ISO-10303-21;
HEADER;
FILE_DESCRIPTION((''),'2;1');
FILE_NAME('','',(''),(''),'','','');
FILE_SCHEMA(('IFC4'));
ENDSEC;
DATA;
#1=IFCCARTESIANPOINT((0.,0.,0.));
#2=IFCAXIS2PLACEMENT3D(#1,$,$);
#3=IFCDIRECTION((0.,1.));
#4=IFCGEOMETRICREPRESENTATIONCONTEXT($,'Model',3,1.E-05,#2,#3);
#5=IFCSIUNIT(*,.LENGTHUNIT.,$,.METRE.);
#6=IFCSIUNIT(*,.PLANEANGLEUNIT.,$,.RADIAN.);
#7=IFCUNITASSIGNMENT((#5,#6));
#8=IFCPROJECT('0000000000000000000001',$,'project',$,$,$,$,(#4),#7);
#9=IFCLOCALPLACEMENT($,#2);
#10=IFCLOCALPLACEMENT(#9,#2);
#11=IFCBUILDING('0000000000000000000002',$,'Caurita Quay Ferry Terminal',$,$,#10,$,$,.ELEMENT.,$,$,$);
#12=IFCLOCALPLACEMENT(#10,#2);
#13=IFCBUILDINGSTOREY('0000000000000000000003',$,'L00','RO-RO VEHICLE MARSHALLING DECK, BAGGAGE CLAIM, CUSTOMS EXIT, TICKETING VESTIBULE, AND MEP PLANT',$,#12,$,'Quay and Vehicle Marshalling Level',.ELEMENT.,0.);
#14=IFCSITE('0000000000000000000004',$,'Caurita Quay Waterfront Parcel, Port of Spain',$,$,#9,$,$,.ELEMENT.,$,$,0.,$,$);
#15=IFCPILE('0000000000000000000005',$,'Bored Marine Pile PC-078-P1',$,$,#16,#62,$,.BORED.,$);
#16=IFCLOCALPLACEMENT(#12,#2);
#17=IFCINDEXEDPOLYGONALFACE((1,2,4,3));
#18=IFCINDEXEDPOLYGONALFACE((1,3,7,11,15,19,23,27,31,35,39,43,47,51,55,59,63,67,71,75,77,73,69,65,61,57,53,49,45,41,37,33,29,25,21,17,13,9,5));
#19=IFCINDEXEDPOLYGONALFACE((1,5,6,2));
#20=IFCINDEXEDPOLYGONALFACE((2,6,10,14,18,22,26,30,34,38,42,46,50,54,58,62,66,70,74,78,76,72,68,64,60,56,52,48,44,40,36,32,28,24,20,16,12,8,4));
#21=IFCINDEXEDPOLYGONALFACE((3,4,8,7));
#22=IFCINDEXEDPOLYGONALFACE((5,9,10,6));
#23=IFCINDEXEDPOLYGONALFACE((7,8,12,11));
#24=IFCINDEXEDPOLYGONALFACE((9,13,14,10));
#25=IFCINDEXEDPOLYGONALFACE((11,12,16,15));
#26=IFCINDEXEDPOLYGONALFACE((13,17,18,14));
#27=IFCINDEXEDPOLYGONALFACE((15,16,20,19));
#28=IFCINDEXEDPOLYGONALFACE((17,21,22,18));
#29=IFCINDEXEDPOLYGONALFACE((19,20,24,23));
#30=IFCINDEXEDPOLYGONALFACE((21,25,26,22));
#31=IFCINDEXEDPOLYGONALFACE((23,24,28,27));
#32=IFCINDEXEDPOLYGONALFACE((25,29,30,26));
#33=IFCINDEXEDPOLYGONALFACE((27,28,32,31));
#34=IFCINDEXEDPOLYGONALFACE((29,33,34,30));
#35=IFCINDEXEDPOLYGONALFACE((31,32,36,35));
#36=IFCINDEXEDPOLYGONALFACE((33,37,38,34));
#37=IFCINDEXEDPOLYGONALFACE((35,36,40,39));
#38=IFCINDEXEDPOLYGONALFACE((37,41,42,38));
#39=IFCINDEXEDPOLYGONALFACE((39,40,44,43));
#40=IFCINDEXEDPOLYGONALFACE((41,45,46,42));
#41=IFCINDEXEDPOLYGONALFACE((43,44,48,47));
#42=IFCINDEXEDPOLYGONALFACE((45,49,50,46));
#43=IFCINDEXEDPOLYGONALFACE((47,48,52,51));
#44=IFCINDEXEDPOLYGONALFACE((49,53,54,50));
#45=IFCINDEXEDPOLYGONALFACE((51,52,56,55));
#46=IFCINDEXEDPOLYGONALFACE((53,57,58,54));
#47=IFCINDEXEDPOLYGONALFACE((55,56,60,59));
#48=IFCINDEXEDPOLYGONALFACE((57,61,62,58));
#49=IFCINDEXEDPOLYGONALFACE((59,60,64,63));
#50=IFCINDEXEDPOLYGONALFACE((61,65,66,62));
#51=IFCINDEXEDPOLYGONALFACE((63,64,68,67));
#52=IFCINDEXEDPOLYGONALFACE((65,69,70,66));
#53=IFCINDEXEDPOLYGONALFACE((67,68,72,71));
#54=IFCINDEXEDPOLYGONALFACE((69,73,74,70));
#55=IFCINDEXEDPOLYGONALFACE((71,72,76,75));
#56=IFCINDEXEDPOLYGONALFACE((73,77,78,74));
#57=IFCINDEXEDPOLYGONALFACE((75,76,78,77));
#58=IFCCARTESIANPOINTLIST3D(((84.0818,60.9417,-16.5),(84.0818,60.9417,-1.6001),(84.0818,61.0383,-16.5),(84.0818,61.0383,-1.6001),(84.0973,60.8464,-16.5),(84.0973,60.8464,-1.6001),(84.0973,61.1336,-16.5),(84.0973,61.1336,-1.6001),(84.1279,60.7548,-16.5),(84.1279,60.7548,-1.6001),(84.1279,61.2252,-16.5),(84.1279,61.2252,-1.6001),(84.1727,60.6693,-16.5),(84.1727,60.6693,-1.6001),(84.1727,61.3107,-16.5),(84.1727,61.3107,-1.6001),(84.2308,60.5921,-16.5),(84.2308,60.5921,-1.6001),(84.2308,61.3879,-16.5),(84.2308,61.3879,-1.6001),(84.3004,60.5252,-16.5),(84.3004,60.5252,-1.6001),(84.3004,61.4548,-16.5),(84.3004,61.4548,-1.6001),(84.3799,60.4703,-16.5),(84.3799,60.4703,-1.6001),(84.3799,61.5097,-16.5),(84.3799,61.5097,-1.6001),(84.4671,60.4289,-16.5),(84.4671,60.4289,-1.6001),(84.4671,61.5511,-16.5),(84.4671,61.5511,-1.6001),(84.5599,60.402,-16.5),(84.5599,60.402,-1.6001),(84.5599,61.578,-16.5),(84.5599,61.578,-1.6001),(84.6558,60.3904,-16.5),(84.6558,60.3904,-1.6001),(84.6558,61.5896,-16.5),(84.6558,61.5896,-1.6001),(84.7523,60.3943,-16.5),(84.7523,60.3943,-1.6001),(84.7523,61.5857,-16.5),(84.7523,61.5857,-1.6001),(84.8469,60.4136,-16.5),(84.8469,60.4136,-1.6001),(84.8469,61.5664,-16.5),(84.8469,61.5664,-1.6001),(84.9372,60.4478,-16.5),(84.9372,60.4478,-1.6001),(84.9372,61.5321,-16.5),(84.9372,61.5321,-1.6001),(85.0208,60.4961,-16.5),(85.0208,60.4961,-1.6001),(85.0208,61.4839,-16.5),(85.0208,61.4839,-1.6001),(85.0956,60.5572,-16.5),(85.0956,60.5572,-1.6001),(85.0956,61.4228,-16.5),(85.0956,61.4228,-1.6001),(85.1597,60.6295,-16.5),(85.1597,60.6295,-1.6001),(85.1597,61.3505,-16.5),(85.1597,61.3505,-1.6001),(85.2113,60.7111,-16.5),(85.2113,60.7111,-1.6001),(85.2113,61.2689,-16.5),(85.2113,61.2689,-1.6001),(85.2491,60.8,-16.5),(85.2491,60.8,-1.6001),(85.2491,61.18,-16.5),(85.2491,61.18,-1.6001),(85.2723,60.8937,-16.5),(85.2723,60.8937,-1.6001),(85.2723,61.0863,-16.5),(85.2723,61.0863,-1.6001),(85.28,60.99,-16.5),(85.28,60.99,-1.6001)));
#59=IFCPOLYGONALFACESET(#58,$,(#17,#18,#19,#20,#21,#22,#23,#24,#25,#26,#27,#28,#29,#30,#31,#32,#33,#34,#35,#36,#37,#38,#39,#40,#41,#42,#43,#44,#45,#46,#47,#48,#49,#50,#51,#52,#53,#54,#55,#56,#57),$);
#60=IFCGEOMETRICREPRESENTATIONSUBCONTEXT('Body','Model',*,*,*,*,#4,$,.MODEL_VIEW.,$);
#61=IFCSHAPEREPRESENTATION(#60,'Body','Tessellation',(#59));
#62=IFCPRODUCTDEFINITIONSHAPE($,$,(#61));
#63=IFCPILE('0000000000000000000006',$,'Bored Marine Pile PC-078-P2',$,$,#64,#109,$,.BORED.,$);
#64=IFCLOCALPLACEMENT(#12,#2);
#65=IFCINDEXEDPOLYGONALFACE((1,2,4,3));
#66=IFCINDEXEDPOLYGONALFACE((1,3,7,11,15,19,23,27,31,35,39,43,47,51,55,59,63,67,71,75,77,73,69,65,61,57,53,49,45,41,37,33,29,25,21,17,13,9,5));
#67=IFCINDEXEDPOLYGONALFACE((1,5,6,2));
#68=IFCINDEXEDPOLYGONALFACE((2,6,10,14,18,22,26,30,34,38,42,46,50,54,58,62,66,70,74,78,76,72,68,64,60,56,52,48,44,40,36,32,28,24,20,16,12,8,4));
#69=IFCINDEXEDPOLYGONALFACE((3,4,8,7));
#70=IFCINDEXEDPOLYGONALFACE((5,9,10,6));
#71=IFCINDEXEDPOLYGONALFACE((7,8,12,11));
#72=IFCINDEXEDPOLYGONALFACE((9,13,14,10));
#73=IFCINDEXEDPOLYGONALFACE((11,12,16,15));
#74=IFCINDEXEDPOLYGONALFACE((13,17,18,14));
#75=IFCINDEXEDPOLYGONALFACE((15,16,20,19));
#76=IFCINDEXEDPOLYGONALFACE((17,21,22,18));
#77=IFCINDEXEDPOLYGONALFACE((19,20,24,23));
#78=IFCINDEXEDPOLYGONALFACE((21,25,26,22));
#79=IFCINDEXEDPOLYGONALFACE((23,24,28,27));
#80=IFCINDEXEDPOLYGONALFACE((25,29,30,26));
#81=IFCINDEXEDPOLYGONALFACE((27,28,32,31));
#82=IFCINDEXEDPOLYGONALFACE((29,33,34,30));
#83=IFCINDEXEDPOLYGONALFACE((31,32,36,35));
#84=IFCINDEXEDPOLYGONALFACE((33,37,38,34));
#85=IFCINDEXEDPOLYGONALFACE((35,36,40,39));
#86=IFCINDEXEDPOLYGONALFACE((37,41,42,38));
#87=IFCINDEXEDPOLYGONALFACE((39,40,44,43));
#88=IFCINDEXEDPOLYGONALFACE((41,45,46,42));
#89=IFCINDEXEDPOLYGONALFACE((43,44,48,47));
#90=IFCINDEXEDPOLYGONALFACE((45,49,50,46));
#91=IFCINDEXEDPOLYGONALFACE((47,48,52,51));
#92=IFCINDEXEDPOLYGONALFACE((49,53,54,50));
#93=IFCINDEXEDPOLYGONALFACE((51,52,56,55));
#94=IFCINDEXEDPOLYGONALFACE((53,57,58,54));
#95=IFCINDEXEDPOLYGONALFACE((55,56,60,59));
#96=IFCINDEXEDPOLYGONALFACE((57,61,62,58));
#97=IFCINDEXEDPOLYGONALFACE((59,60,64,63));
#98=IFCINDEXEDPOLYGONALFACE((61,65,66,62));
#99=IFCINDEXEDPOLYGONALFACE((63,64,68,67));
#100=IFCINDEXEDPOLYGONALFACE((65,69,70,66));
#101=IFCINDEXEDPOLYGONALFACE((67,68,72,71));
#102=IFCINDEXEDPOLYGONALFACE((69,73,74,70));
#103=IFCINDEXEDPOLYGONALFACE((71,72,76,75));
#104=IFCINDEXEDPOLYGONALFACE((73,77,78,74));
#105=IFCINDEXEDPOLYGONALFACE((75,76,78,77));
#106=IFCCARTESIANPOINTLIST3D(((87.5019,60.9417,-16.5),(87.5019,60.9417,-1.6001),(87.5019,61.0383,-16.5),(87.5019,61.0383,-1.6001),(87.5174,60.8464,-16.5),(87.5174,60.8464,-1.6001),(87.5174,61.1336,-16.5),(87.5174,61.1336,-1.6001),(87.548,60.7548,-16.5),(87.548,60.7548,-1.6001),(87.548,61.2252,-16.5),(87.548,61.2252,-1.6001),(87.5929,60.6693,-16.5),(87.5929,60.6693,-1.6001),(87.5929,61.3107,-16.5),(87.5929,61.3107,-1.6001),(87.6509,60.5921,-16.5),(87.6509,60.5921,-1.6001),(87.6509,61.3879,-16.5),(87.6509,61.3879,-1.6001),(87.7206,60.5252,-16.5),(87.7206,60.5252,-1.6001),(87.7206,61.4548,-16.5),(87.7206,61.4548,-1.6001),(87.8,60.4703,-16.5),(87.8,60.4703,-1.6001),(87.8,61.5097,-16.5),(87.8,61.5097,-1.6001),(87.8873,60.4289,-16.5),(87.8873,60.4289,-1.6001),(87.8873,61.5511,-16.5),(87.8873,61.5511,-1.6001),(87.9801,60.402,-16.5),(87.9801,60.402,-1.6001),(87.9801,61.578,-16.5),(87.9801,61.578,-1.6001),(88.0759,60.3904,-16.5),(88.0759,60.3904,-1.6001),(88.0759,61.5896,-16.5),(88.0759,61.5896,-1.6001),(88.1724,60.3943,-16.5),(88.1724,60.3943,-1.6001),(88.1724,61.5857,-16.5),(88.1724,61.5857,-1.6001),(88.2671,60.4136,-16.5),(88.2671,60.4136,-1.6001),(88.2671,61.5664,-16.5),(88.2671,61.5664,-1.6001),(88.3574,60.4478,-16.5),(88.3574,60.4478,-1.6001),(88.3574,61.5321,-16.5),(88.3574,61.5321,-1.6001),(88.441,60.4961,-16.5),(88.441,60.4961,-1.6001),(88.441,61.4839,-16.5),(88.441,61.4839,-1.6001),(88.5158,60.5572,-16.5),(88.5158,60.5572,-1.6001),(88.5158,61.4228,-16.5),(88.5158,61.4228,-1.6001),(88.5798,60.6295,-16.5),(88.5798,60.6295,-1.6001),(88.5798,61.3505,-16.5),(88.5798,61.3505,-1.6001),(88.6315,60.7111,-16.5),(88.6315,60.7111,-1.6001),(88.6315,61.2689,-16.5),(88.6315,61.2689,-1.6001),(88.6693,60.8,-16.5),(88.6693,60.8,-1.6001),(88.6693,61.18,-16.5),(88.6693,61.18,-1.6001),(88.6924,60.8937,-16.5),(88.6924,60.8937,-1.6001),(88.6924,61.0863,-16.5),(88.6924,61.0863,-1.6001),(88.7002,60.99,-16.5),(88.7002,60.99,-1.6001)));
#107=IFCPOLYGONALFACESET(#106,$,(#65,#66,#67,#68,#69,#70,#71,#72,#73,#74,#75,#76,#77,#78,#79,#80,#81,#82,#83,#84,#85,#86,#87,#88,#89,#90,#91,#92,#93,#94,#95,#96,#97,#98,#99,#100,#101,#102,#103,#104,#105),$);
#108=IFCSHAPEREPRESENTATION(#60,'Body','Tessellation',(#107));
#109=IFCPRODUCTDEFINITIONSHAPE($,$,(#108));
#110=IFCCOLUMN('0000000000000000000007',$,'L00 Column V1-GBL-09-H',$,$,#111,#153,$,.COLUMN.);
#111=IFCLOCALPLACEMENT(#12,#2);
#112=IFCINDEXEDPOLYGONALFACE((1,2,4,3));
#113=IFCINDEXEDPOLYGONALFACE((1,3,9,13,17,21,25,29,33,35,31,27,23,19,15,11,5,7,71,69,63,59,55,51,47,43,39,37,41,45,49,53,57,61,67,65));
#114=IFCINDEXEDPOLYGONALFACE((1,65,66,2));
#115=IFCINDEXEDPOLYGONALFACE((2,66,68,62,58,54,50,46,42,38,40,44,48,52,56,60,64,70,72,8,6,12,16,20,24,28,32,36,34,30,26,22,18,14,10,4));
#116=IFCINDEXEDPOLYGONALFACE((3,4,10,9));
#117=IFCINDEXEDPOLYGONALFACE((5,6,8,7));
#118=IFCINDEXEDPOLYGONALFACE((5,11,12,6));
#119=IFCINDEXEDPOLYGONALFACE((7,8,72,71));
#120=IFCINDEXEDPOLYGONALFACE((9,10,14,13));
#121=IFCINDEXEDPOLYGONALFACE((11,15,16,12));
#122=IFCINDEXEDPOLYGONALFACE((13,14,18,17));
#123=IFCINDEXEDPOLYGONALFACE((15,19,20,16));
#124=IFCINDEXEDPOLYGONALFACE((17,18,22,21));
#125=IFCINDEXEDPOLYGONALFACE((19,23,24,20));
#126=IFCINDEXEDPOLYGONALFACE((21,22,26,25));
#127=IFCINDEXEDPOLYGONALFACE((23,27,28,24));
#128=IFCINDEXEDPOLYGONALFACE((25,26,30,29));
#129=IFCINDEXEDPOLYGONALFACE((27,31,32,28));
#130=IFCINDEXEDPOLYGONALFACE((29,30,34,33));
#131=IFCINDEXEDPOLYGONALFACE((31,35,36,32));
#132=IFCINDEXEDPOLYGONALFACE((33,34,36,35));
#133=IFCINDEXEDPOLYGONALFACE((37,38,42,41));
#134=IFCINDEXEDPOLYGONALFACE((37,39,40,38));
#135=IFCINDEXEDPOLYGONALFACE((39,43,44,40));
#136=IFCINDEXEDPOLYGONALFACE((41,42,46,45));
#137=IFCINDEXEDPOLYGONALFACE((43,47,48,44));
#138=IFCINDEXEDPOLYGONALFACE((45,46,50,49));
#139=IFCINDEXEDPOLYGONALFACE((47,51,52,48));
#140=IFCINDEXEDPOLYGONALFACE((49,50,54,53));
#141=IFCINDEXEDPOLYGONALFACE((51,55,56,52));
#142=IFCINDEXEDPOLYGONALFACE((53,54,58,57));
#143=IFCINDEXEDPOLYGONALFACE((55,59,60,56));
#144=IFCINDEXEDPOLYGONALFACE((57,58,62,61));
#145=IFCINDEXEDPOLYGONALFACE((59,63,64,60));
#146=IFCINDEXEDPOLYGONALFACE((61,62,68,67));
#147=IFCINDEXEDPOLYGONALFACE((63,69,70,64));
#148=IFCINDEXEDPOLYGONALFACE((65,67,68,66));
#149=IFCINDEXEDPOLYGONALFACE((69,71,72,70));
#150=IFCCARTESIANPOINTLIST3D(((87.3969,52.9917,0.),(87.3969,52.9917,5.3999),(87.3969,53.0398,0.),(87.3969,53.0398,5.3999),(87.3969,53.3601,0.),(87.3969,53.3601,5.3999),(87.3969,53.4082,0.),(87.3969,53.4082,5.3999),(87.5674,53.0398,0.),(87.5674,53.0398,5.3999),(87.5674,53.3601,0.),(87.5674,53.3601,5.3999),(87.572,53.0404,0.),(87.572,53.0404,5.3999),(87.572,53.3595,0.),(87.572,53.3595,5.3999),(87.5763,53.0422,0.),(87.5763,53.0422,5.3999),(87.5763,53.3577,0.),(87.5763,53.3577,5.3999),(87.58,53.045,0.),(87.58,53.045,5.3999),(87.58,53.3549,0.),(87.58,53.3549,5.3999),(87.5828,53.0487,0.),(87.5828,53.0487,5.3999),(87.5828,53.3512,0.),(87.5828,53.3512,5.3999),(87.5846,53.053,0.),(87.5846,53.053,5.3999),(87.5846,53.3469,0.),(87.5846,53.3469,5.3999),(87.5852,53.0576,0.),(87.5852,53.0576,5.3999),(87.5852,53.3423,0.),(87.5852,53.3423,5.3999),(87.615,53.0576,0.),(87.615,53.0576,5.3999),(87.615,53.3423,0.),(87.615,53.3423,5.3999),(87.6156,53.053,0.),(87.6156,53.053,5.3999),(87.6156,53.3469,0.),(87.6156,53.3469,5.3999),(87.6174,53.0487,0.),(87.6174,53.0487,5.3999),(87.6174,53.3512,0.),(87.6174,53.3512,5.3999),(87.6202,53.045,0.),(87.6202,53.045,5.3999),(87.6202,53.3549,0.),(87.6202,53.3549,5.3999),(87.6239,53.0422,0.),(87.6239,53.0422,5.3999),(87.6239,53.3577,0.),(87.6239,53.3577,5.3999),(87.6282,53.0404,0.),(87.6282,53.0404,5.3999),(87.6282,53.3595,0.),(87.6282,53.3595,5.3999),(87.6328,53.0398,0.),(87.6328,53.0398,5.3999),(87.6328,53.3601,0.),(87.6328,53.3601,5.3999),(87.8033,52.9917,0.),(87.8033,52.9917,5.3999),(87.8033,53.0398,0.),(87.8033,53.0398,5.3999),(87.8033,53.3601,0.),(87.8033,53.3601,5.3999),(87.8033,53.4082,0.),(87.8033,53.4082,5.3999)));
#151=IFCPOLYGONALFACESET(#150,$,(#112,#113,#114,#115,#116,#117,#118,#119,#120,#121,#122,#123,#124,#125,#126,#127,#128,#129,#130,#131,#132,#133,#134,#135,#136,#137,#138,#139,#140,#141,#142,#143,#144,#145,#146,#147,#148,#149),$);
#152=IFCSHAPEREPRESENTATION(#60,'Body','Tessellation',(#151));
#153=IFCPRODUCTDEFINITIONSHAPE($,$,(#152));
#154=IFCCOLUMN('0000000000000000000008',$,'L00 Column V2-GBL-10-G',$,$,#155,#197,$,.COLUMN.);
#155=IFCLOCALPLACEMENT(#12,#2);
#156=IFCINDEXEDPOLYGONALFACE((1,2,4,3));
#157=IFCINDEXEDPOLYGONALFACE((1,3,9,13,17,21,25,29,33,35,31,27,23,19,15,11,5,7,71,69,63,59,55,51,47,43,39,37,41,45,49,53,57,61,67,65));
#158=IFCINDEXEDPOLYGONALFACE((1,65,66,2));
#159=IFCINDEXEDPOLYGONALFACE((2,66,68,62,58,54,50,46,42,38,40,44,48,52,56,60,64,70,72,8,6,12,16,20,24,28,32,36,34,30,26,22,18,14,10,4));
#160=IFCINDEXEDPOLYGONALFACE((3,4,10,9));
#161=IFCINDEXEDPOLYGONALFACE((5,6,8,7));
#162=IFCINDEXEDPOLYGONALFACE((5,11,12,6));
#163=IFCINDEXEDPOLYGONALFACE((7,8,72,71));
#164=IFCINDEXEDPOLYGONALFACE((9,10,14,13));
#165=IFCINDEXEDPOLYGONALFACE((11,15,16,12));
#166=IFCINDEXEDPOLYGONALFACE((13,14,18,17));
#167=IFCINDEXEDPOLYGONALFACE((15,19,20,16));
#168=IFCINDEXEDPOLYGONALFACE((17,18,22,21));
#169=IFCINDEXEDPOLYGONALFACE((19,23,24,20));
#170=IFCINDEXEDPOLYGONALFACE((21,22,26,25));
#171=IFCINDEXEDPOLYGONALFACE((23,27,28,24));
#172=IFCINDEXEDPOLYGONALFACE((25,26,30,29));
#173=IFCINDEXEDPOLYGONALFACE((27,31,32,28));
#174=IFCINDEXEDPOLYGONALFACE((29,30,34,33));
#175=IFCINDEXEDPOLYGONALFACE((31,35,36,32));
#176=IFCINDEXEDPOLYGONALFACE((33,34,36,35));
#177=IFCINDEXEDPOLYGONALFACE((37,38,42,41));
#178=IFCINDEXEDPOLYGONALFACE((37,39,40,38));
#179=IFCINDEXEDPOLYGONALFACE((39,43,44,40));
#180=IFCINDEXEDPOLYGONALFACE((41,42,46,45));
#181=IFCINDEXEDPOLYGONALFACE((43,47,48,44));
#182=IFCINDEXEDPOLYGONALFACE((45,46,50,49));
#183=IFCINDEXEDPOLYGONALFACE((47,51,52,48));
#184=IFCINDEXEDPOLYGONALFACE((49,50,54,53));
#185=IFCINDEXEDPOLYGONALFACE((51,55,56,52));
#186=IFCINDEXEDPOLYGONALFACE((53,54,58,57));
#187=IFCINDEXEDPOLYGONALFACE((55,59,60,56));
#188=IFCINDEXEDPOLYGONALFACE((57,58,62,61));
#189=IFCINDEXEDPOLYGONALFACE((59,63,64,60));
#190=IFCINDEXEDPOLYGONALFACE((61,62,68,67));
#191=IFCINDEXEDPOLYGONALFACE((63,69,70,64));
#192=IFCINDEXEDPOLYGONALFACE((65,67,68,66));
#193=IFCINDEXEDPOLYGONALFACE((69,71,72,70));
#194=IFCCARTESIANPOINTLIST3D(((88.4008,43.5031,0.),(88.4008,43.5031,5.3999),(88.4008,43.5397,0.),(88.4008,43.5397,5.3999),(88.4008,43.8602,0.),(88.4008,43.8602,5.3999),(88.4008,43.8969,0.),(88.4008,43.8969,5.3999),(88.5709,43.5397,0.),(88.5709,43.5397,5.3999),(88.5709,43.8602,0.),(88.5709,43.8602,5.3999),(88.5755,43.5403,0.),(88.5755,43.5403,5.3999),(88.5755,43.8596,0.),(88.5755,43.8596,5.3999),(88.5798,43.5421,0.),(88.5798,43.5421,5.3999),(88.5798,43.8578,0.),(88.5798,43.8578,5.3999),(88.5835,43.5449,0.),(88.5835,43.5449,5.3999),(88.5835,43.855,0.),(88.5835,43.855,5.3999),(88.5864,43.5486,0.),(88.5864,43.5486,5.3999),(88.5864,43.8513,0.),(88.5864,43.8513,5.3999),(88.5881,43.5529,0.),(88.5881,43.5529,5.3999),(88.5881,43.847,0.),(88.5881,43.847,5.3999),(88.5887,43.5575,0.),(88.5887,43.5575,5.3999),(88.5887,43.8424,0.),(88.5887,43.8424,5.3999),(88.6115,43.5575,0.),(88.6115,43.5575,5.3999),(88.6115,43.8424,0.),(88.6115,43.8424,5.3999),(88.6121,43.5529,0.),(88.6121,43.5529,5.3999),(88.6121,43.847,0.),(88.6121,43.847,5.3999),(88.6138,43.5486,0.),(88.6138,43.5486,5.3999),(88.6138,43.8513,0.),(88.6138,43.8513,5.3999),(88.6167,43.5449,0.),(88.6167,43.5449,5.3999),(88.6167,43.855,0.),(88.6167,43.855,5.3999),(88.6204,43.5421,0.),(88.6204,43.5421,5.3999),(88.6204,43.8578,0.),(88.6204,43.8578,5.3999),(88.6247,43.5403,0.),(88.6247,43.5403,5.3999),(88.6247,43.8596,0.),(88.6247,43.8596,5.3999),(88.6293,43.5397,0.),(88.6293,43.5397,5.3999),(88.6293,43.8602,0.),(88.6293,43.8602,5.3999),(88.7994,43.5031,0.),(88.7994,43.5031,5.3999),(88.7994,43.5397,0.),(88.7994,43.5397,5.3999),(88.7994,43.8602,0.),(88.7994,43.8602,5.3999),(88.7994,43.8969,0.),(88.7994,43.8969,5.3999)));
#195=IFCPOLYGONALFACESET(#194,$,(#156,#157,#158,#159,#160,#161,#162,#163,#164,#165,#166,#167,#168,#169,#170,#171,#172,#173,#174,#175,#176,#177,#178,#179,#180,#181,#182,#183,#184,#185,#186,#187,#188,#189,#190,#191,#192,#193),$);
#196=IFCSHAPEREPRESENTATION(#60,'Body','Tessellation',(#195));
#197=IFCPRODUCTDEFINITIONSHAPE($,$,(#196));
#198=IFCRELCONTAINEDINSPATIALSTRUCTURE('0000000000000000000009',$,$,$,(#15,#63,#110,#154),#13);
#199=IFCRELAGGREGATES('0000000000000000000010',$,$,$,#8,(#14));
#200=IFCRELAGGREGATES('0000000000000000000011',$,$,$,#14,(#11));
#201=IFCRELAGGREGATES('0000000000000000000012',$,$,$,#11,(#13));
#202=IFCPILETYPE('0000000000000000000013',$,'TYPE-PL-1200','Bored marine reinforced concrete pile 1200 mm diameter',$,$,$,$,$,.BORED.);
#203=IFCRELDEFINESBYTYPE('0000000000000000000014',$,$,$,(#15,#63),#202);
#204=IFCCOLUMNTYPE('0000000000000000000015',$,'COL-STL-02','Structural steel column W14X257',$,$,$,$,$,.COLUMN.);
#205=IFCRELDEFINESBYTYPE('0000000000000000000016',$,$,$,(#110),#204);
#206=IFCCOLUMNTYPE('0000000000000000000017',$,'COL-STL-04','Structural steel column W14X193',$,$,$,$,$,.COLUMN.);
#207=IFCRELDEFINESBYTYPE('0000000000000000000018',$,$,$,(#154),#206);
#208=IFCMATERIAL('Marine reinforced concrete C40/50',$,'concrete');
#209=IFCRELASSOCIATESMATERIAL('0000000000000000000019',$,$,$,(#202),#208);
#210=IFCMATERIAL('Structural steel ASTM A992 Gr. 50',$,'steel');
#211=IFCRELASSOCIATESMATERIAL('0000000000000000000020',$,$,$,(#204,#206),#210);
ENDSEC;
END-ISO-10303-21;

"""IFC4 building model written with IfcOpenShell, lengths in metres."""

from ifc_helpers import new_model, si_unit, direction, frame, origin, origin_2d, place, context, subcontext, project, spatial, circle, i_section, extrude, material, material_profile, profile_set, type_object, element, save


model = new_model("IFC4")

# Units and contexts
model_context = context("Model", 3, precision=1e-05, world=origin(), true_north=direction((0.0, 1.0)))
body_context = subcontext(model_context, "Body", "Model", "MODEL_VIEW")
ifc_project = project(units=[si_unit("LENGTHUNIT", "METRE"), si_unit("PLANEANGLEUNIT", "RADIAN")], contexts=[model_context])

# Site, building, storey
site_placement = place(None, origin())
site = spatial("IfcSite", under=ifc_project, at=site_placement, Name="Caurita Quay Waterfront Parcel, Port of Spain", CompositionType="ELEMENT", RefElevation=0.0)
building_placement = place(site_placement, origin())
building = spatial("IfcBuilding", under=site, at=building_placement, Name="Caurita Quay Ferry Terminal", CompositionType="ELEMENT")
storey_placement = place(building_placement, origin())
storey = spatial("IfcBuildingStorey", under=building, at=storey_placement, Name="L00", Description="RO-RO VEHICLE MARSHALLING DECK, BAGGAGE CLAIM, CUSTOMS EXIT, TICKETING VESTIBULE, AND MEP PLANT", LongName="Quay and Vehicle Marshalling Level", CompositionType="ELEMENT", Elevation=0.0)

# Piles
ifc_material_1 = material(Name="Marine reinforced concrete C40/50", Category="concrete")
ifc_material_profile_1 = material_profile(ifc_material_1, circle(Radius=0.6001, at=origin_2d()), Name="PILE-D1200")
ifc_profile_set_1 = profile_set([ifc_material_profile_1], Name="Marine reinforced concrete C40/50")
pile_type_1 = type_object("IfcPileType", Name="TYPE-PL-1200", Description="Bored marine reinforced concrete pile 1200 mm diameter", PredefinedType="BORED", material=ifc_profile_set_1)
for number, where, z_axis, x_axis, name in (
    (1, (84.6799, 60.99, -1.6001), (0.0, 0.0, -1.0), (1.0, 0.0, 0.0), "Bored Marine Pile PC-078-P1"),
    (2, (88.1001, 60.99, -1.6001), (0.0, 0.0, -1.0), (1.0, 0.0, 0.0), "Bored Marine Pile PC-078-P2"),
):
    element("IfcPile", number, at=place(storey_placement, frame(where, z_axis=z_axis, x_axis=x_axis)), inside=storey, type_object=pile_type_1, Name=name, PredefinedType="BORED", context=body_context, shape_type="SweptSolid", body=[
        extrude(circle(Radius=0.6001, at=origin_2d()), origin(), (0.0, 0.0, 1.0), 14.8999),
    ])

# Columns
ifc_material_2 = material(Name="Structural steel ASTM A992 Gr. 50", Category="steel")
ifc_material_profile_2 = material_profile(ifc_material_2, i_section(OverallWidth=0.4065, OverallDepth=0.4165, WebThickness=0.0298, FlangeThickness=0.0481, FilletRadius=0.0178, at=origin_2d()), Name="W14X257")
ifc_profile_set_2 = profile_set([ifc_material_profile_2], Name="Structural steel ASTM A992 Gr. 50")
column_type_1 = type_object("IfcColumnType", Name="COL-STL-02", Description="Structural steel column W14X257", PredefinedType="COLUMN", material=ifc_profile_set_2)
column_placement = place(storey_placement, frame((87.6001, 53.2, 0.0), z_axis=(0.0, 0.0, 1.0), x_axis=(1.0, 0.0, 0.0)))
element("IfcColumn", 3, at=column_placement, inside=storey, type_object=column_type_1, Name="L00 Column V1-GBL-09-H", PredefinedType="COLUMN", context=body_context, shape_type="SweptSolid", body=[
    extrude(i_section(OverallWidth=0.4065, OverallDepth=0.4165, WebThickness=0.0298, FlangeThickness=0.0481, FilletRadius=0.0178, at=origin_2d()), origin(), (0.0, 0.0, 1.0), 5.3999),
])
ifc_material_profile_3 = material_profile(ifc_material_2, i_section(OverallWidth=0.3987, OverallDepth=0.3938, WebThickness=0.0227, FlangeThickness=0.0366, FilletRadius=0.0178, at=origin_2d()), Name="W14X193")
ifc_profile_set_3 = profile_set([ifc_material_profile_3], Name="Structural steel ASTM A992 Gr. 50")
column_type_2 = type_object("IfcColumnType", Name="COL-STL-04", Description="Structural steel column W14X193", PredefinedType="COLUMN", material=ifc_profile_set_3)
for number, where, z_axis, x_axis, name in (
    (4, (88.6001, 43.7, 0.0), (0.0, 0.0, 1.0), (1.0, 0.0, 0.0), "L00 Column V2-GBL-10-G"),
):
    element("IfcColumn", number, at=place(storey_placement, frame(where, z_axis=z_axis, x_axis=x_axis)), inside=storey, type_object=column_type_2, Name=name, PredefinedType="COLUMN", context=body_context, shape_type="SweptSolid", body=[
        extrude(i_section(OverallWidth=0.3987, OverallDepth=0.3938, WebThickness=0.0227, FlangeThickness=0.0366, FilletRadius=0.0178, at=origin_2d()), origin(), (0.0, 0.0, 1.0), 5.3999),
    ])

save(model, "model.ifc")
